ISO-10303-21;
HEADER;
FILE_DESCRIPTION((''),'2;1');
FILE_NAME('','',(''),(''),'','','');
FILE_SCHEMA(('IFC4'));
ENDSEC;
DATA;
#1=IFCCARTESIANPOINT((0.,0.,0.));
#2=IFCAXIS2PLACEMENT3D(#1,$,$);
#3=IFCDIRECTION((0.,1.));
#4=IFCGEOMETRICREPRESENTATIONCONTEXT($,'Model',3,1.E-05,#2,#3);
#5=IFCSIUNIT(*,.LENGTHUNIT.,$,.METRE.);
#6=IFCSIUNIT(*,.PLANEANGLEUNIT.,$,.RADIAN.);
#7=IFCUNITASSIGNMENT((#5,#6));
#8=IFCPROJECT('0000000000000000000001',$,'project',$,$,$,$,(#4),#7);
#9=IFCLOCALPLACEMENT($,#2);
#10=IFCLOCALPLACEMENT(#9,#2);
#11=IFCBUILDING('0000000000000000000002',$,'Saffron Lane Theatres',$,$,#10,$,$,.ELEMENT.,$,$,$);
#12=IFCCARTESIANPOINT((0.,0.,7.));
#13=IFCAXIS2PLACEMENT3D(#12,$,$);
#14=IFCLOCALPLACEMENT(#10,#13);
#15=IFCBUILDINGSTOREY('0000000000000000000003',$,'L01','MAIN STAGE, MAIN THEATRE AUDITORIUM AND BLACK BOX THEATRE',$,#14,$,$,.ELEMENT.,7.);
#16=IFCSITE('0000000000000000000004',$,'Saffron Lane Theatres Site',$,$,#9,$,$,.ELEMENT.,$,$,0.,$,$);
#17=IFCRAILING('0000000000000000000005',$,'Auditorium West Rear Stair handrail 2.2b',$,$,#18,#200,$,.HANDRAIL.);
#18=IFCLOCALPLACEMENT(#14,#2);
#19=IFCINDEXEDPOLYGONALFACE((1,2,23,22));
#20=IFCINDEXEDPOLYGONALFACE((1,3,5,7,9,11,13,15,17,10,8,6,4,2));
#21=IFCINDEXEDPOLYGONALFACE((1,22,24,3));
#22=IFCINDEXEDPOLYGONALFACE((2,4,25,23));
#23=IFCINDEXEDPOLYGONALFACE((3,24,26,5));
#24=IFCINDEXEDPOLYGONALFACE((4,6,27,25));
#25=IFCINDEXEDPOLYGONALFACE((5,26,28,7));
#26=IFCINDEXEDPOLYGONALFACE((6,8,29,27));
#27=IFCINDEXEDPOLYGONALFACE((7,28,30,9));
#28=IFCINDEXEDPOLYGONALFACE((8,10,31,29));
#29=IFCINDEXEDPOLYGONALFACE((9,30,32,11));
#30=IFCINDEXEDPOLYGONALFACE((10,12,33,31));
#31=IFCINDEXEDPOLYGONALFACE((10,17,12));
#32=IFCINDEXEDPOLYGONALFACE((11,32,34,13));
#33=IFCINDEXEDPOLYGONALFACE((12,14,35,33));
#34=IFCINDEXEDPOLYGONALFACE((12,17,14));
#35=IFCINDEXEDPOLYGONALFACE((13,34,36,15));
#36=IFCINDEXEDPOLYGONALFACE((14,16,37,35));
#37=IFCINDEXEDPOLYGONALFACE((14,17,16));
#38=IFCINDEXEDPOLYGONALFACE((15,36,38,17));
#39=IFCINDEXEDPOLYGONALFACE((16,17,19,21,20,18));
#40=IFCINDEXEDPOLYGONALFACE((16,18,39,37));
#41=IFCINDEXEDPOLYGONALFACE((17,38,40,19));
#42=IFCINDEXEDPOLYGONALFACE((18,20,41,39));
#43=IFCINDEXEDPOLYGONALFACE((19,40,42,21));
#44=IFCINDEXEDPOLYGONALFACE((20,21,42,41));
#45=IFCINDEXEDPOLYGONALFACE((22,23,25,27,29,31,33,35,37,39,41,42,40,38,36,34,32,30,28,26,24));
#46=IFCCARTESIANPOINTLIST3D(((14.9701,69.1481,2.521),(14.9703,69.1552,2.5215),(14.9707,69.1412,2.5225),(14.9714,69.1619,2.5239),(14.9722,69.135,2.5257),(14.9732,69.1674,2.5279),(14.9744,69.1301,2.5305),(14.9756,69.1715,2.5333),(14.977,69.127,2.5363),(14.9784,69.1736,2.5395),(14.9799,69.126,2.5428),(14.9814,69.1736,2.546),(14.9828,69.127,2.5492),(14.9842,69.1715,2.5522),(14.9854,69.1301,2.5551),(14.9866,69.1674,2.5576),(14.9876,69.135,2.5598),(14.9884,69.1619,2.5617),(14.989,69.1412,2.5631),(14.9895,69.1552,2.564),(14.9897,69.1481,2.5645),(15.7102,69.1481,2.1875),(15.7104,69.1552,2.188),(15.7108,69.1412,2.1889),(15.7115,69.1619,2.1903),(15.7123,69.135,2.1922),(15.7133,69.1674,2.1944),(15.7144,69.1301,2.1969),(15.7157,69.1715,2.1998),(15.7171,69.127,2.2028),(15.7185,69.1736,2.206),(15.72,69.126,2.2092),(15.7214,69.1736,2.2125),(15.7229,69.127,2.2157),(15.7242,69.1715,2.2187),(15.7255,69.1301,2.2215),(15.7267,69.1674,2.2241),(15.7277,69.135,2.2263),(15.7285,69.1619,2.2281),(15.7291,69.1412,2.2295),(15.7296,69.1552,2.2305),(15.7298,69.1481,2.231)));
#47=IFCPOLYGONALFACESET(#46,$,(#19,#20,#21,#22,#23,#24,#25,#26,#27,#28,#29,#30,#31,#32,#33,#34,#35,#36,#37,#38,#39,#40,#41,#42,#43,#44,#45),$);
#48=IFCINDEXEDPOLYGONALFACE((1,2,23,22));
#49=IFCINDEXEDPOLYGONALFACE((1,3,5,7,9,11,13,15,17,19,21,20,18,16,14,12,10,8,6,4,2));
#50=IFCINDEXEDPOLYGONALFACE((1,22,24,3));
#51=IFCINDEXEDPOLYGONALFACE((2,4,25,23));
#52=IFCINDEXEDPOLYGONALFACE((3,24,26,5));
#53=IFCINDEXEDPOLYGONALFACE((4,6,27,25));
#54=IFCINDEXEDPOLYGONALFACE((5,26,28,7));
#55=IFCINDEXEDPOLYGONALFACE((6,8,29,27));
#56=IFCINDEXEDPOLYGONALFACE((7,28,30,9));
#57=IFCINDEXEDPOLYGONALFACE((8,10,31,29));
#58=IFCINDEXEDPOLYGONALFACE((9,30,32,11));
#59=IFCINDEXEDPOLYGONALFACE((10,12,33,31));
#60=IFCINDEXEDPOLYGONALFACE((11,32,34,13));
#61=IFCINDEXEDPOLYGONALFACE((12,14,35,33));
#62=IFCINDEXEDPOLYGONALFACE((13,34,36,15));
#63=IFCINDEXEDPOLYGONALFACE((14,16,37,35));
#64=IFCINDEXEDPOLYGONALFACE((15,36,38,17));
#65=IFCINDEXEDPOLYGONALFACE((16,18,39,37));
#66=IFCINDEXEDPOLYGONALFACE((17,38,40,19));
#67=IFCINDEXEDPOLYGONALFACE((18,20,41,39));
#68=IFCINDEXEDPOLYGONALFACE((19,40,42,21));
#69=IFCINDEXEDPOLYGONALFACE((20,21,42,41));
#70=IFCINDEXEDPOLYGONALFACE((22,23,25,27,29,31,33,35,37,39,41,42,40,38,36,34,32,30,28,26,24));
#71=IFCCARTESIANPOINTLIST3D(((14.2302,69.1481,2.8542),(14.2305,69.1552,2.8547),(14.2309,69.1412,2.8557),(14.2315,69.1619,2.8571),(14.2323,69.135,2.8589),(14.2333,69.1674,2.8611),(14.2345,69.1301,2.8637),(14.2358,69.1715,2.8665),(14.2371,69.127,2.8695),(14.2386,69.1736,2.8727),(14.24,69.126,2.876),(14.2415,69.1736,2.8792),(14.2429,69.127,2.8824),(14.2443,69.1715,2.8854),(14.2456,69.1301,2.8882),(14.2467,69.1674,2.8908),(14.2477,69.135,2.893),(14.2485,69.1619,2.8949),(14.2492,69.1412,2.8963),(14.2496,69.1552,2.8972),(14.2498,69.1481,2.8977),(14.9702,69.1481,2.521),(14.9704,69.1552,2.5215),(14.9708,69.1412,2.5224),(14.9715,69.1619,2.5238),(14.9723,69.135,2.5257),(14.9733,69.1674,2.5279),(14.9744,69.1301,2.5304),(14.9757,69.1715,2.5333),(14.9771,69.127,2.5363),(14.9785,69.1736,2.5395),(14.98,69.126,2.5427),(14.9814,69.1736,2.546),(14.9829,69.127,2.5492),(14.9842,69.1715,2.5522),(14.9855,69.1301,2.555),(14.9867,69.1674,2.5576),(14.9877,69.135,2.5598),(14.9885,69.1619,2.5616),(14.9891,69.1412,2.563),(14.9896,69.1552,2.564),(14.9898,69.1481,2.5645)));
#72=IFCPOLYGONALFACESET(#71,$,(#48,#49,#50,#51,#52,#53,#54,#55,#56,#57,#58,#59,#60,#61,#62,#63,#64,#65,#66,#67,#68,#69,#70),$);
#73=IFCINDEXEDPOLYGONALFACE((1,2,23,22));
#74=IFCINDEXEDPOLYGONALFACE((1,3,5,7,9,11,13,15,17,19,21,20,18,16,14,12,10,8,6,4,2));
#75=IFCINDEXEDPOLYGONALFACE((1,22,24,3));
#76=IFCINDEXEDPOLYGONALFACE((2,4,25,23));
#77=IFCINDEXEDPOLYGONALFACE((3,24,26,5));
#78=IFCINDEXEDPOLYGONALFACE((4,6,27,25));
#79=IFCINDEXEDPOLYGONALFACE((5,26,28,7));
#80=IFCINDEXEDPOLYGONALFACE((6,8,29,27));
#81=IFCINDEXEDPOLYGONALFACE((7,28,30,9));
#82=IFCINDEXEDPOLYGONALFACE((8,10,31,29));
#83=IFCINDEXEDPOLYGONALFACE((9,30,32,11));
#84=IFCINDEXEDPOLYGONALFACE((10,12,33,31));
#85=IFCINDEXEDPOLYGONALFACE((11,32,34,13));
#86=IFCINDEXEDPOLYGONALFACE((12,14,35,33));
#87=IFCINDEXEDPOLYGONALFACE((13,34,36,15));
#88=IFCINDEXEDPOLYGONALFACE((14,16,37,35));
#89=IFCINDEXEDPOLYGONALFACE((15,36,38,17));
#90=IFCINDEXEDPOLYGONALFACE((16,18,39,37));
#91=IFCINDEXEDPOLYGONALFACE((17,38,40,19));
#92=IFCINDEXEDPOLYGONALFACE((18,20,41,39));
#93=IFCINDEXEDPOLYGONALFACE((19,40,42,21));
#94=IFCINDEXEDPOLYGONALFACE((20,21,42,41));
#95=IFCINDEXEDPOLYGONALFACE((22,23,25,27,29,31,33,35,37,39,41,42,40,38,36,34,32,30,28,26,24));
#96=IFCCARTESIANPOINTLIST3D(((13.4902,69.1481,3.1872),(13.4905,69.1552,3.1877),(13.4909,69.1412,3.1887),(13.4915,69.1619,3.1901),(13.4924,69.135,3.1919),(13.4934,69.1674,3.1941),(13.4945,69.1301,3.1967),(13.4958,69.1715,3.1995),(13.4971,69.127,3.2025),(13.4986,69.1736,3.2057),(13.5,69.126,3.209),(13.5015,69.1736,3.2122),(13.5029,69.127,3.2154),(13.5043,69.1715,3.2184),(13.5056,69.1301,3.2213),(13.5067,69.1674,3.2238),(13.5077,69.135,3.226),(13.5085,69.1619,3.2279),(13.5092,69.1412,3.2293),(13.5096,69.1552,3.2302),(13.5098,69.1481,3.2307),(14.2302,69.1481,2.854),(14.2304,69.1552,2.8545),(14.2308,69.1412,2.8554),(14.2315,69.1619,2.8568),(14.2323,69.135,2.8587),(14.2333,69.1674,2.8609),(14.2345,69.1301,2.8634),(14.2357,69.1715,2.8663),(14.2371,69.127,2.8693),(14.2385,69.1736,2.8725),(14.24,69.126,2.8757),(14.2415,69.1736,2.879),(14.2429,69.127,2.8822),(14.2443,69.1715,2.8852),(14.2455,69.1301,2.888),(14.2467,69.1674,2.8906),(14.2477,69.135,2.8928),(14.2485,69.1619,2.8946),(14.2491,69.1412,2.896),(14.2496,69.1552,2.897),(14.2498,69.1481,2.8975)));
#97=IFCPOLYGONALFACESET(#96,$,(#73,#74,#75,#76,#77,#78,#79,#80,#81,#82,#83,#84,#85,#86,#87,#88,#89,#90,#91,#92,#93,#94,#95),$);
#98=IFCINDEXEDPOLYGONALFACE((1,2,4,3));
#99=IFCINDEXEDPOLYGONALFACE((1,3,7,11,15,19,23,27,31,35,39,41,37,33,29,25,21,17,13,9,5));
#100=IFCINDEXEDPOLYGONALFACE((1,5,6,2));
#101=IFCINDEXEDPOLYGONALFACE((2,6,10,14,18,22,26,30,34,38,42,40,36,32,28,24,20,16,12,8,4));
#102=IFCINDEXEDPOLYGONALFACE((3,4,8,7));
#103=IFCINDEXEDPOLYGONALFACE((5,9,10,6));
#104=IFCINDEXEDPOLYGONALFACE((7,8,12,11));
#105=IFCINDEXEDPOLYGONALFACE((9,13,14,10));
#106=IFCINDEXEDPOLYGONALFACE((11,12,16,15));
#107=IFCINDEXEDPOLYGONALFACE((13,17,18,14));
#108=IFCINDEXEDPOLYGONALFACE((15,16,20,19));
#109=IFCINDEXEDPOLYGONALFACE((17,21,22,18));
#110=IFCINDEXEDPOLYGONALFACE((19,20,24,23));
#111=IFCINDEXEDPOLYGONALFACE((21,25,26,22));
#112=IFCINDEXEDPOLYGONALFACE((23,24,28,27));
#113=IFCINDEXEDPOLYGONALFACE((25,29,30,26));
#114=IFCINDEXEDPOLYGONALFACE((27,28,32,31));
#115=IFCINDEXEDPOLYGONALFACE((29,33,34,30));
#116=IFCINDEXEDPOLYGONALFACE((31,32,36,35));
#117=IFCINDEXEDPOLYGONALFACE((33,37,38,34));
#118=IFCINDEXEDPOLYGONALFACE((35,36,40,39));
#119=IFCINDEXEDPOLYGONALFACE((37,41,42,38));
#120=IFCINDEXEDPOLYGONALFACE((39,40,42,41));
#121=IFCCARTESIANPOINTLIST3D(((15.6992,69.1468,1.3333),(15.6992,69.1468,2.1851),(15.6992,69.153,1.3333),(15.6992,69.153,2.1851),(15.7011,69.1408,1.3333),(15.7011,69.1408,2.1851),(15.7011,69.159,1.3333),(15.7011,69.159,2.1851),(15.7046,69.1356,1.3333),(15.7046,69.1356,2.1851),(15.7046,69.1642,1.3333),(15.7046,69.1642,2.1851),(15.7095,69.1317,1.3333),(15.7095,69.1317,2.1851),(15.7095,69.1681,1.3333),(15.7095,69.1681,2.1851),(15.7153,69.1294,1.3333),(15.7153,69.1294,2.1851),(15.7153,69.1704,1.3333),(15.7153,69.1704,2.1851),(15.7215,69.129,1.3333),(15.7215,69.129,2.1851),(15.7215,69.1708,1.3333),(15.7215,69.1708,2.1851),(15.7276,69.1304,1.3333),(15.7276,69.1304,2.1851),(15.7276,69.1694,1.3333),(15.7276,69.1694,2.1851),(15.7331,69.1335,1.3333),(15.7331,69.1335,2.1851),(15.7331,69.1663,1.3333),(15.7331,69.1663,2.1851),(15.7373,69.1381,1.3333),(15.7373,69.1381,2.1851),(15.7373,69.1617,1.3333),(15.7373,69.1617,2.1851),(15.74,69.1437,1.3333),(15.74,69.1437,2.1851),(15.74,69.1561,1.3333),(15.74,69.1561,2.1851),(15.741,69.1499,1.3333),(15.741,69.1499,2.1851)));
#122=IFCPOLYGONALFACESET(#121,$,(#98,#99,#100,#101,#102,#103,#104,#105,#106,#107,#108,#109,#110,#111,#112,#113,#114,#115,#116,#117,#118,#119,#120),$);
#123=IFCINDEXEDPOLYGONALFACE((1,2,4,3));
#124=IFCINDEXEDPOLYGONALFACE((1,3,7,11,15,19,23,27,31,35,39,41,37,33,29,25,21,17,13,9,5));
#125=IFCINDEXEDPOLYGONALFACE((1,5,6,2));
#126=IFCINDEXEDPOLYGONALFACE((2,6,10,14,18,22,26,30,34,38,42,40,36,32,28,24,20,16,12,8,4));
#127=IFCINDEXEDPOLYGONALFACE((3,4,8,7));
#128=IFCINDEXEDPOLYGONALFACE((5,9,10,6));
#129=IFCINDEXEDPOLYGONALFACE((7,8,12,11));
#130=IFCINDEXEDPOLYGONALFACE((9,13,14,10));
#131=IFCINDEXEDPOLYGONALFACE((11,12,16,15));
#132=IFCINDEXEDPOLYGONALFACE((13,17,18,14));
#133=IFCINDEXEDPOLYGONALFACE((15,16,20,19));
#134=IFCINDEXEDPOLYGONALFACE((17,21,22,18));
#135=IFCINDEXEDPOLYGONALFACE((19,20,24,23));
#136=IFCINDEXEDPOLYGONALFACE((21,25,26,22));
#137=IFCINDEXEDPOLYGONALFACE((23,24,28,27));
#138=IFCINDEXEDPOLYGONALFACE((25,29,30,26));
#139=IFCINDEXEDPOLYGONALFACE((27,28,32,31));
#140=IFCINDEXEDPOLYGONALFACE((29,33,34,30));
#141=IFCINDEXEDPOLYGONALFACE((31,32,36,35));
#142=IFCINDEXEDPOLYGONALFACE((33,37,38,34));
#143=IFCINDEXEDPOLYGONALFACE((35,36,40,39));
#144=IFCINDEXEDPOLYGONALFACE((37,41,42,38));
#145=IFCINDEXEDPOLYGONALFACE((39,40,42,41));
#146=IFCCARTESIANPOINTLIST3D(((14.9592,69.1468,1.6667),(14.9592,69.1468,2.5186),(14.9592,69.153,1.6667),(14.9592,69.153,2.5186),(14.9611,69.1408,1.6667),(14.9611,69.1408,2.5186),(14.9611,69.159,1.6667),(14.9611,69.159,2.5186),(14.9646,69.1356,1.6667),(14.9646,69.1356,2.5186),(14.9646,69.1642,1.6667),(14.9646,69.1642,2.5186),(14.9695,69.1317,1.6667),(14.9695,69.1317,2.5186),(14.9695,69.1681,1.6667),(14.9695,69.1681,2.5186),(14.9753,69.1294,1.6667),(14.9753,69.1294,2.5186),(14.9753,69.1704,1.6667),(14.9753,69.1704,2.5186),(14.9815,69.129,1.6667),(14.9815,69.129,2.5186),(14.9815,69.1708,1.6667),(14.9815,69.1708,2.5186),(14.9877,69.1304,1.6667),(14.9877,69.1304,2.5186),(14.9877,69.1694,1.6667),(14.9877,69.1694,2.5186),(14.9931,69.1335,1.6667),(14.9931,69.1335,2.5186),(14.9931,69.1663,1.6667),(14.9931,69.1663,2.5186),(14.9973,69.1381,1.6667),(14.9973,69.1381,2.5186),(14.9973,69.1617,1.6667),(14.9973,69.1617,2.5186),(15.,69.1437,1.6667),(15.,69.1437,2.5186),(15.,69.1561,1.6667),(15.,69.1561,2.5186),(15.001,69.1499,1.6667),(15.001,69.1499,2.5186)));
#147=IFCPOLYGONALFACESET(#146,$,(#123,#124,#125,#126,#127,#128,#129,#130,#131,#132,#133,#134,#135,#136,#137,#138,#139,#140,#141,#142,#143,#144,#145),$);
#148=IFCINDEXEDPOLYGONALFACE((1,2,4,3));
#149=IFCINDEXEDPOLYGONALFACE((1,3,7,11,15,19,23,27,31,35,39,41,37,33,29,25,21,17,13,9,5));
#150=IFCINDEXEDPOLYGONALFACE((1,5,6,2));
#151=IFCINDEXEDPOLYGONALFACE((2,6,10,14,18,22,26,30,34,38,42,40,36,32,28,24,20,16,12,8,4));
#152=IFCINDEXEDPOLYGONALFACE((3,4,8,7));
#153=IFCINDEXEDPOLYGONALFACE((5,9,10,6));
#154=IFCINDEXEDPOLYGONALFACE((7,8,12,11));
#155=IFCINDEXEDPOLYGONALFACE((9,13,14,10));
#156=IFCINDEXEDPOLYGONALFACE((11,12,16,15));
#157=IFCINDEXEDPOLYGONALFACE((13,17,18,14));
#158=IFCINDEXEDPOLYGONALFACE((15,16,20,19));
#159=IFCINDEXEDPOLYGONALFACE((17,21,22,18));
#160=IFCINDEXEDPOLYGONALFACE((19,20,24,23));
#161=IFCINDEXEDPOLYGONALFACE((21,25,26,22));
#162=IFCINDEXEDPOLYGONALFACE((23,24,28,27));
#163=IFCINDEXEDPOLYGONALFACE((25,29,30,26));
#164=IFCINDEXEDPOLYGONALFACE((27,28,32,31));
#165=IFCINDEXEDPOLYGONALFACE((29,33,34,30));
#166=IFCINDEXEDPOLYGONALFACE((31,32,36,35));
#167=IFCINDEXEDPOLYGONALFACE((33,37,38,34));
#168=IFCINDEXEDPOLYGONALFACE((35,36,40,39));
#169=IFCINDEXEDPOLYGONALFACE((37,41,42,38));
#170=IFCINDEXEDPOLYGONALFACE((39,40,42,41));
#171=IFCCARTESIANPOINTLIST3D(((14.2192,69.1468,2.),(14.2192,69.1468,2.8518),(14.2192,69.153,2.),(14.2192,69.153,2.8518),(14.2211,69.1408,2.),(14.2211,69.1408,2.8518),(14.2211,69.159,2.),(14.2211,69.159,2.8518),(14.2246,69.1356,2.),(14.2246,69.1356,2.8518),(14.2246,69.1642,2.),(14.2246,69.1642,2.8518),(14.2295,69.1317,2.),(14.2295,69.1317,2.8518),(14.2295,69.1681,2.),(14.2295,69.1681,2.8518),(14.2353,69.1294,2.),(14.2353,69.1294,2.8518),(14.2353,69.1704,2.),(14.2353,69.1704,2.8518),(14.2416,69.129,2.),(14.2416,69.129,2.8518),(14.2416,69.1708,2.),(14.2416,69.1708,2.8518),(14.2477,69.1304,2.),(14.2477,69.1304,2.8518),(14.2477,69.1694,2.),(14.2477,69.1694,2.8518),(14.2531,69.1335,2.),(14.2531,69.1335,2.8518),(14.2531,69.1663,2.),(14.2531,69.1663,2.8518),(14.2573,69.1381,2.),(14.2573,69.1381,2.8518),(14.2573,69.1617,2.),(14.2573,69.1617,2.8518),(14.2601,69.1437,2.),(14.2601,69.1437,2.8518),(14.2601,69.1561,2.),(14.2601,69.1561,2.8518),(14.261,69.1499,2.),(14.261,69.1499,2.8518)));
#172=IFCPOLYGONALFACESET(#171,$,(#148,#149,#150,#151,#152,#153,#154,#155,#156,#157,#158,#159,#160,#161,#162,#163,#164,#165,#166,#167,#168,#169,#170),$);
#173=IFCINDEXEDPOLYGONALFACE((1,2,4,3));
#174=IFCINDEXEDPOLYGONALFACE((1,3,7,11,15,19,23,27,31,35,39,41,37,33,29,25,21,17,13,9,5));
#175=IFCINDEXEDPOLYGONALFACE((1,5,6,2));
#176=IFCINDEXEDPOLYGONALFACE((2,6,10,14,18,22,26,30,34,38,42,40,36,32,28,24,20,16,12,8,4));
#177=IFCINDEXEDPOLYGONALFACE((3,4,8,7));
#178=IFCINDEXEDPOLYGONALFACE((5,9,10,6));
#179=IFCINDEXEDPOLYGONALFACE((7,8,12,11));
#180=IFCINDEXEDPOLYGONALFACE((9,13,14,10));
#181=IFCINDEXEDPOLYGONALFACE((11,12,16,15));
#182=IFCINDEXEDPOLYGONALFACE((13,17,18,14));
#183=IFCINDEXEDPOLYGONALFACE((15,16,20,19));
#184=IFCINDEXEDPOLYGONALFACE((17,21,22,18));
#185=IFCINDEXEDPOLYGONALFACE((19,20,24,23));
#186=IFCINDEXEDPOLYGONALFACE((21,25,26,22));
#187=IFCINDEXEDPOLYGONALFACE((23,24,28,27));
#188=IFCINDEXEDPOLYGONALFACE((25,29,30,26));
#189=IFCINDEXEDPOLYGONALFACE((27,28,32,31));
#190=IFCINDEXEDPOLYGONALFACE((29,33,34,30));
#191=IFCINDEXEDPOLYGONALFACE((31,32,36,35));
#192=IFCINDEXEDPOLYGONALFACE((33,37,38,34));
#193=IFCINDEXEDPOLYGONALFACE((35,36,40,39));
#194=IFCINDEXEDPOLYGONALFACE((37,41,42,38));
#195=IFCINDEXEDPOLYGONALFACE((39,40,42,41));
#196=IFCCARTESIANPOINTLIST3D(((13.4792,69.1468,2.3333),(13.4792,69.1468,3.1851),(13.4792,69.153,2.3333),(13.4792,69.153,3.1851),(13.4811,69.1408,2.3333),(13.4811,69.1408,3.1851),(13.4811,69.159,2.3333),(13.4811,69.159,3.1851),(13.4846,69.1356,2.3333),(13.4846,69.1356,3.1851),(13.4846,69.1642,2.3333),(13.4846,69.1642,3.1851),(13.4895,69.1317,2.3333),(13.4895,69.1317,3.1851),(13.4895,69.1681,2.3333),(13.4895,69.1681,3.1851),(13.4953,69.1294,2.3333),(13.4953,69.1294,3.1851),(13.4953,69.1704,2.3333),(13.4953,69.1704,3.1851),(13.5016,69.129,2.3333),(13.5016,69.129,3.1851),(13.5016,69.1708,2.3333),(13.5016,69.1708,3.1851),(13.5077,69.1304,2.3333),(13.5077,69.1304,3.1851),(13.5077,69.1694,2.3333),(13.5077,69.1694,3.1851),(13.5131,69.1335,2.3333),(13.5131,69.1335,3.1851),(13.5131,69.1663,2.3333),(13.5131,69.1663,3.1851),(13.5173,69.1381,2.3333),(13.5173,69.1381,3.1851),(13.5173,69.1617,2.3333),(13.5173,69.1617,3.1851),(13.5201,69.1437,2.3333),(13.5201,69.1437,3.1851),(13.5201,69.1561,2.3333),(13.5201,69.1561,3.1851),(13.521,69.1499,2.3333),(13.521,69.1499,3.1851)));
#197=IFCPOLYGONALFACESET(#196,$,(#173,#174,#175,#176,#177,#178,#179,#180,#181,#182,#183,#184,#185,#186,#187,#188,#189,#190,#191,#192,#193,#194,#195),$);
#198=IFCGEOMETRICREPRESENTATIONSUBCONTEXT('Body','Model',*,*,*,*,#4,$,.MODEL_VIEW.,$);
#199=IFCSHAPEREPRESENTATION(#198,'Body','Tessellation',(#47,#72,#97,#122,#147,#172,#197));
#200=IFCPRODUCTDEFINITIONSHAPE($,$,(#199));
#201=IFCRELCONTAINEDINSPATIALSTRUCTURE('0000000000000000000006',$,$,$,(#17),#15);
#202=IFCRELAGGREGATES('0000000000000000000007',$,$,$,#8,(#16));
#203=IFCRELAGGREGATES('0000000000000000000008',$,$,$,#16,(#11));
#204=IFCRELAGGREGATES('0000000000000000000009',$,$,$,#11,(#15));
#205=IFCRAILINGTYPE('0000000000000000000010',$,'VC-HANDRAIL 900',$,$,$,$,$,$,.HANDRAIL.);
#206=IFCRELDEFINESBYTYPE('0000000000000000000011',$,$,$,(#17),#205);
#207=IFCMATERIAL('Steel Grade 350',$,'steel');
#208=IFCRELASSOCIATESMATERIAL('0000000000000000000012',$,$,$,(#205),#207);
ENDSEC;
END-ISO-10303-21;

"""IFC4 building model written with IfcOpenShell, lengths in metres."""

from ifc_helpers import new_model, si_unit, direction, frame, origin, origin_2d, place, context, subcontext, project, spatial, circle, extrude, material, type_object, element, save


model = new_model("IFC4")

# Units and contexts
model_context = context("Model", 3, precision=1e-05, world=origin(), true_north=direction((0.0, 1.0)))
body_context = subcontext(model_context, "Body", "Model", "MODEL_VIEW")
ifc_project = project(units=[si_unit("LENGTHUNIT", "METRE"), si_unit("PLANEANGLEUNIT", "RADIAN")], contexts=[model_context])

# Site, building, storey
site_placement = place(None, origin())
site = spatial("IfcSite", under=ifc_project, at=site_placement, Name="Saffron Lane Theatres Site", CompositionType="ELEMENT", RefElevation=0.0)
building_placement = place(site_placement, origin())
building = spatial("IfcBuilding", under=site, at=building_placement, Name="Saffron Lane Theatres", CompositionType="ELEMENT")
storey_placement = place(building_placement, frame((0.0, 0.0, 7.0)))
storey = spatial("IfcBuildingStorey", under=building, at=storey_placement, Name="L01", Description="MAIN STAGE, MAIN THEATRE AUDITORIUM AND BLACK BOX THEATRE", CompositionType="ELEMENT", Elevation=7.0)

# Railing
ifc_material_1 = material(Name="Steel Grade 350", Category="steel")
railing_type_1 = type_object("IfcRailingType", Name="VC-HANDRAIL 900", PredefinedType="HANDRAIL", material=ifc_material_1)
for number, where, name in (
    (1, (15.72, 69.1499, 1.3333), "Auditorium West Rear Stair handrail 2.2b"),
):
    element("IfcRailing", number, at=place(storey_placement, frame(where)), inside=storey, type_object=railing_type_1, Name=name, PredefinedType="HANDRAIL", context=body_context, shape_type="SweptSolid", body=[
        extrude(circle(Radius=0.0239, at=origin_2d()), frame((0.0, 0.0, 0.876), z_axis=(-0.911691, 0.0, 0.410877), x_axis=(0.0, -1.0, 0.0)), (0.0, 0.0, 1.0), 0.8118),
        extrude(circle(Radius=0.0239, at=origin_2d()), frame((-0.74, 0.0, 1.2095), z_axis=(-0.911803, 0.0, 0.410627), x_axis=(0.0, -1.0, 0.0)), (0.0, 0.0, 1.0), 0.8115),
        extrude(circle(Radius=0.0239, at=origin_2d()), frame((-1.48, 0.0, 1.5425), z_axis=(-0.911803, 0.0, 0.410627), x_axis=(0.0, -1.0, 0.0)), (0.0, 0.0, 1.0), 0.8115),
        extrude(circle(Radius=0.021, at=origin_2d()), origin(), (0.0, 0.0, 1.0), 0.8518),
        extrude(circle(Radius=0.021, at=origin_2d()), frame((-0.74, 0.0, 0.3335)), (0.0, 0.0, 1.0), 0.8518),
        extrude(circle(Radius=0.021, at=origin_2d()), frame((-1.48, 0.0, 0.6667)), (0.0, 0.0, 1.0), 0.8518),
        extrude(circle(Radius=0.021, at=origin_2d()), frame((-2.22, 0.0, 1.0)), (0.0, 0.0, 1.0), 0.8518),
    ])

save(model, "model.ifc")
